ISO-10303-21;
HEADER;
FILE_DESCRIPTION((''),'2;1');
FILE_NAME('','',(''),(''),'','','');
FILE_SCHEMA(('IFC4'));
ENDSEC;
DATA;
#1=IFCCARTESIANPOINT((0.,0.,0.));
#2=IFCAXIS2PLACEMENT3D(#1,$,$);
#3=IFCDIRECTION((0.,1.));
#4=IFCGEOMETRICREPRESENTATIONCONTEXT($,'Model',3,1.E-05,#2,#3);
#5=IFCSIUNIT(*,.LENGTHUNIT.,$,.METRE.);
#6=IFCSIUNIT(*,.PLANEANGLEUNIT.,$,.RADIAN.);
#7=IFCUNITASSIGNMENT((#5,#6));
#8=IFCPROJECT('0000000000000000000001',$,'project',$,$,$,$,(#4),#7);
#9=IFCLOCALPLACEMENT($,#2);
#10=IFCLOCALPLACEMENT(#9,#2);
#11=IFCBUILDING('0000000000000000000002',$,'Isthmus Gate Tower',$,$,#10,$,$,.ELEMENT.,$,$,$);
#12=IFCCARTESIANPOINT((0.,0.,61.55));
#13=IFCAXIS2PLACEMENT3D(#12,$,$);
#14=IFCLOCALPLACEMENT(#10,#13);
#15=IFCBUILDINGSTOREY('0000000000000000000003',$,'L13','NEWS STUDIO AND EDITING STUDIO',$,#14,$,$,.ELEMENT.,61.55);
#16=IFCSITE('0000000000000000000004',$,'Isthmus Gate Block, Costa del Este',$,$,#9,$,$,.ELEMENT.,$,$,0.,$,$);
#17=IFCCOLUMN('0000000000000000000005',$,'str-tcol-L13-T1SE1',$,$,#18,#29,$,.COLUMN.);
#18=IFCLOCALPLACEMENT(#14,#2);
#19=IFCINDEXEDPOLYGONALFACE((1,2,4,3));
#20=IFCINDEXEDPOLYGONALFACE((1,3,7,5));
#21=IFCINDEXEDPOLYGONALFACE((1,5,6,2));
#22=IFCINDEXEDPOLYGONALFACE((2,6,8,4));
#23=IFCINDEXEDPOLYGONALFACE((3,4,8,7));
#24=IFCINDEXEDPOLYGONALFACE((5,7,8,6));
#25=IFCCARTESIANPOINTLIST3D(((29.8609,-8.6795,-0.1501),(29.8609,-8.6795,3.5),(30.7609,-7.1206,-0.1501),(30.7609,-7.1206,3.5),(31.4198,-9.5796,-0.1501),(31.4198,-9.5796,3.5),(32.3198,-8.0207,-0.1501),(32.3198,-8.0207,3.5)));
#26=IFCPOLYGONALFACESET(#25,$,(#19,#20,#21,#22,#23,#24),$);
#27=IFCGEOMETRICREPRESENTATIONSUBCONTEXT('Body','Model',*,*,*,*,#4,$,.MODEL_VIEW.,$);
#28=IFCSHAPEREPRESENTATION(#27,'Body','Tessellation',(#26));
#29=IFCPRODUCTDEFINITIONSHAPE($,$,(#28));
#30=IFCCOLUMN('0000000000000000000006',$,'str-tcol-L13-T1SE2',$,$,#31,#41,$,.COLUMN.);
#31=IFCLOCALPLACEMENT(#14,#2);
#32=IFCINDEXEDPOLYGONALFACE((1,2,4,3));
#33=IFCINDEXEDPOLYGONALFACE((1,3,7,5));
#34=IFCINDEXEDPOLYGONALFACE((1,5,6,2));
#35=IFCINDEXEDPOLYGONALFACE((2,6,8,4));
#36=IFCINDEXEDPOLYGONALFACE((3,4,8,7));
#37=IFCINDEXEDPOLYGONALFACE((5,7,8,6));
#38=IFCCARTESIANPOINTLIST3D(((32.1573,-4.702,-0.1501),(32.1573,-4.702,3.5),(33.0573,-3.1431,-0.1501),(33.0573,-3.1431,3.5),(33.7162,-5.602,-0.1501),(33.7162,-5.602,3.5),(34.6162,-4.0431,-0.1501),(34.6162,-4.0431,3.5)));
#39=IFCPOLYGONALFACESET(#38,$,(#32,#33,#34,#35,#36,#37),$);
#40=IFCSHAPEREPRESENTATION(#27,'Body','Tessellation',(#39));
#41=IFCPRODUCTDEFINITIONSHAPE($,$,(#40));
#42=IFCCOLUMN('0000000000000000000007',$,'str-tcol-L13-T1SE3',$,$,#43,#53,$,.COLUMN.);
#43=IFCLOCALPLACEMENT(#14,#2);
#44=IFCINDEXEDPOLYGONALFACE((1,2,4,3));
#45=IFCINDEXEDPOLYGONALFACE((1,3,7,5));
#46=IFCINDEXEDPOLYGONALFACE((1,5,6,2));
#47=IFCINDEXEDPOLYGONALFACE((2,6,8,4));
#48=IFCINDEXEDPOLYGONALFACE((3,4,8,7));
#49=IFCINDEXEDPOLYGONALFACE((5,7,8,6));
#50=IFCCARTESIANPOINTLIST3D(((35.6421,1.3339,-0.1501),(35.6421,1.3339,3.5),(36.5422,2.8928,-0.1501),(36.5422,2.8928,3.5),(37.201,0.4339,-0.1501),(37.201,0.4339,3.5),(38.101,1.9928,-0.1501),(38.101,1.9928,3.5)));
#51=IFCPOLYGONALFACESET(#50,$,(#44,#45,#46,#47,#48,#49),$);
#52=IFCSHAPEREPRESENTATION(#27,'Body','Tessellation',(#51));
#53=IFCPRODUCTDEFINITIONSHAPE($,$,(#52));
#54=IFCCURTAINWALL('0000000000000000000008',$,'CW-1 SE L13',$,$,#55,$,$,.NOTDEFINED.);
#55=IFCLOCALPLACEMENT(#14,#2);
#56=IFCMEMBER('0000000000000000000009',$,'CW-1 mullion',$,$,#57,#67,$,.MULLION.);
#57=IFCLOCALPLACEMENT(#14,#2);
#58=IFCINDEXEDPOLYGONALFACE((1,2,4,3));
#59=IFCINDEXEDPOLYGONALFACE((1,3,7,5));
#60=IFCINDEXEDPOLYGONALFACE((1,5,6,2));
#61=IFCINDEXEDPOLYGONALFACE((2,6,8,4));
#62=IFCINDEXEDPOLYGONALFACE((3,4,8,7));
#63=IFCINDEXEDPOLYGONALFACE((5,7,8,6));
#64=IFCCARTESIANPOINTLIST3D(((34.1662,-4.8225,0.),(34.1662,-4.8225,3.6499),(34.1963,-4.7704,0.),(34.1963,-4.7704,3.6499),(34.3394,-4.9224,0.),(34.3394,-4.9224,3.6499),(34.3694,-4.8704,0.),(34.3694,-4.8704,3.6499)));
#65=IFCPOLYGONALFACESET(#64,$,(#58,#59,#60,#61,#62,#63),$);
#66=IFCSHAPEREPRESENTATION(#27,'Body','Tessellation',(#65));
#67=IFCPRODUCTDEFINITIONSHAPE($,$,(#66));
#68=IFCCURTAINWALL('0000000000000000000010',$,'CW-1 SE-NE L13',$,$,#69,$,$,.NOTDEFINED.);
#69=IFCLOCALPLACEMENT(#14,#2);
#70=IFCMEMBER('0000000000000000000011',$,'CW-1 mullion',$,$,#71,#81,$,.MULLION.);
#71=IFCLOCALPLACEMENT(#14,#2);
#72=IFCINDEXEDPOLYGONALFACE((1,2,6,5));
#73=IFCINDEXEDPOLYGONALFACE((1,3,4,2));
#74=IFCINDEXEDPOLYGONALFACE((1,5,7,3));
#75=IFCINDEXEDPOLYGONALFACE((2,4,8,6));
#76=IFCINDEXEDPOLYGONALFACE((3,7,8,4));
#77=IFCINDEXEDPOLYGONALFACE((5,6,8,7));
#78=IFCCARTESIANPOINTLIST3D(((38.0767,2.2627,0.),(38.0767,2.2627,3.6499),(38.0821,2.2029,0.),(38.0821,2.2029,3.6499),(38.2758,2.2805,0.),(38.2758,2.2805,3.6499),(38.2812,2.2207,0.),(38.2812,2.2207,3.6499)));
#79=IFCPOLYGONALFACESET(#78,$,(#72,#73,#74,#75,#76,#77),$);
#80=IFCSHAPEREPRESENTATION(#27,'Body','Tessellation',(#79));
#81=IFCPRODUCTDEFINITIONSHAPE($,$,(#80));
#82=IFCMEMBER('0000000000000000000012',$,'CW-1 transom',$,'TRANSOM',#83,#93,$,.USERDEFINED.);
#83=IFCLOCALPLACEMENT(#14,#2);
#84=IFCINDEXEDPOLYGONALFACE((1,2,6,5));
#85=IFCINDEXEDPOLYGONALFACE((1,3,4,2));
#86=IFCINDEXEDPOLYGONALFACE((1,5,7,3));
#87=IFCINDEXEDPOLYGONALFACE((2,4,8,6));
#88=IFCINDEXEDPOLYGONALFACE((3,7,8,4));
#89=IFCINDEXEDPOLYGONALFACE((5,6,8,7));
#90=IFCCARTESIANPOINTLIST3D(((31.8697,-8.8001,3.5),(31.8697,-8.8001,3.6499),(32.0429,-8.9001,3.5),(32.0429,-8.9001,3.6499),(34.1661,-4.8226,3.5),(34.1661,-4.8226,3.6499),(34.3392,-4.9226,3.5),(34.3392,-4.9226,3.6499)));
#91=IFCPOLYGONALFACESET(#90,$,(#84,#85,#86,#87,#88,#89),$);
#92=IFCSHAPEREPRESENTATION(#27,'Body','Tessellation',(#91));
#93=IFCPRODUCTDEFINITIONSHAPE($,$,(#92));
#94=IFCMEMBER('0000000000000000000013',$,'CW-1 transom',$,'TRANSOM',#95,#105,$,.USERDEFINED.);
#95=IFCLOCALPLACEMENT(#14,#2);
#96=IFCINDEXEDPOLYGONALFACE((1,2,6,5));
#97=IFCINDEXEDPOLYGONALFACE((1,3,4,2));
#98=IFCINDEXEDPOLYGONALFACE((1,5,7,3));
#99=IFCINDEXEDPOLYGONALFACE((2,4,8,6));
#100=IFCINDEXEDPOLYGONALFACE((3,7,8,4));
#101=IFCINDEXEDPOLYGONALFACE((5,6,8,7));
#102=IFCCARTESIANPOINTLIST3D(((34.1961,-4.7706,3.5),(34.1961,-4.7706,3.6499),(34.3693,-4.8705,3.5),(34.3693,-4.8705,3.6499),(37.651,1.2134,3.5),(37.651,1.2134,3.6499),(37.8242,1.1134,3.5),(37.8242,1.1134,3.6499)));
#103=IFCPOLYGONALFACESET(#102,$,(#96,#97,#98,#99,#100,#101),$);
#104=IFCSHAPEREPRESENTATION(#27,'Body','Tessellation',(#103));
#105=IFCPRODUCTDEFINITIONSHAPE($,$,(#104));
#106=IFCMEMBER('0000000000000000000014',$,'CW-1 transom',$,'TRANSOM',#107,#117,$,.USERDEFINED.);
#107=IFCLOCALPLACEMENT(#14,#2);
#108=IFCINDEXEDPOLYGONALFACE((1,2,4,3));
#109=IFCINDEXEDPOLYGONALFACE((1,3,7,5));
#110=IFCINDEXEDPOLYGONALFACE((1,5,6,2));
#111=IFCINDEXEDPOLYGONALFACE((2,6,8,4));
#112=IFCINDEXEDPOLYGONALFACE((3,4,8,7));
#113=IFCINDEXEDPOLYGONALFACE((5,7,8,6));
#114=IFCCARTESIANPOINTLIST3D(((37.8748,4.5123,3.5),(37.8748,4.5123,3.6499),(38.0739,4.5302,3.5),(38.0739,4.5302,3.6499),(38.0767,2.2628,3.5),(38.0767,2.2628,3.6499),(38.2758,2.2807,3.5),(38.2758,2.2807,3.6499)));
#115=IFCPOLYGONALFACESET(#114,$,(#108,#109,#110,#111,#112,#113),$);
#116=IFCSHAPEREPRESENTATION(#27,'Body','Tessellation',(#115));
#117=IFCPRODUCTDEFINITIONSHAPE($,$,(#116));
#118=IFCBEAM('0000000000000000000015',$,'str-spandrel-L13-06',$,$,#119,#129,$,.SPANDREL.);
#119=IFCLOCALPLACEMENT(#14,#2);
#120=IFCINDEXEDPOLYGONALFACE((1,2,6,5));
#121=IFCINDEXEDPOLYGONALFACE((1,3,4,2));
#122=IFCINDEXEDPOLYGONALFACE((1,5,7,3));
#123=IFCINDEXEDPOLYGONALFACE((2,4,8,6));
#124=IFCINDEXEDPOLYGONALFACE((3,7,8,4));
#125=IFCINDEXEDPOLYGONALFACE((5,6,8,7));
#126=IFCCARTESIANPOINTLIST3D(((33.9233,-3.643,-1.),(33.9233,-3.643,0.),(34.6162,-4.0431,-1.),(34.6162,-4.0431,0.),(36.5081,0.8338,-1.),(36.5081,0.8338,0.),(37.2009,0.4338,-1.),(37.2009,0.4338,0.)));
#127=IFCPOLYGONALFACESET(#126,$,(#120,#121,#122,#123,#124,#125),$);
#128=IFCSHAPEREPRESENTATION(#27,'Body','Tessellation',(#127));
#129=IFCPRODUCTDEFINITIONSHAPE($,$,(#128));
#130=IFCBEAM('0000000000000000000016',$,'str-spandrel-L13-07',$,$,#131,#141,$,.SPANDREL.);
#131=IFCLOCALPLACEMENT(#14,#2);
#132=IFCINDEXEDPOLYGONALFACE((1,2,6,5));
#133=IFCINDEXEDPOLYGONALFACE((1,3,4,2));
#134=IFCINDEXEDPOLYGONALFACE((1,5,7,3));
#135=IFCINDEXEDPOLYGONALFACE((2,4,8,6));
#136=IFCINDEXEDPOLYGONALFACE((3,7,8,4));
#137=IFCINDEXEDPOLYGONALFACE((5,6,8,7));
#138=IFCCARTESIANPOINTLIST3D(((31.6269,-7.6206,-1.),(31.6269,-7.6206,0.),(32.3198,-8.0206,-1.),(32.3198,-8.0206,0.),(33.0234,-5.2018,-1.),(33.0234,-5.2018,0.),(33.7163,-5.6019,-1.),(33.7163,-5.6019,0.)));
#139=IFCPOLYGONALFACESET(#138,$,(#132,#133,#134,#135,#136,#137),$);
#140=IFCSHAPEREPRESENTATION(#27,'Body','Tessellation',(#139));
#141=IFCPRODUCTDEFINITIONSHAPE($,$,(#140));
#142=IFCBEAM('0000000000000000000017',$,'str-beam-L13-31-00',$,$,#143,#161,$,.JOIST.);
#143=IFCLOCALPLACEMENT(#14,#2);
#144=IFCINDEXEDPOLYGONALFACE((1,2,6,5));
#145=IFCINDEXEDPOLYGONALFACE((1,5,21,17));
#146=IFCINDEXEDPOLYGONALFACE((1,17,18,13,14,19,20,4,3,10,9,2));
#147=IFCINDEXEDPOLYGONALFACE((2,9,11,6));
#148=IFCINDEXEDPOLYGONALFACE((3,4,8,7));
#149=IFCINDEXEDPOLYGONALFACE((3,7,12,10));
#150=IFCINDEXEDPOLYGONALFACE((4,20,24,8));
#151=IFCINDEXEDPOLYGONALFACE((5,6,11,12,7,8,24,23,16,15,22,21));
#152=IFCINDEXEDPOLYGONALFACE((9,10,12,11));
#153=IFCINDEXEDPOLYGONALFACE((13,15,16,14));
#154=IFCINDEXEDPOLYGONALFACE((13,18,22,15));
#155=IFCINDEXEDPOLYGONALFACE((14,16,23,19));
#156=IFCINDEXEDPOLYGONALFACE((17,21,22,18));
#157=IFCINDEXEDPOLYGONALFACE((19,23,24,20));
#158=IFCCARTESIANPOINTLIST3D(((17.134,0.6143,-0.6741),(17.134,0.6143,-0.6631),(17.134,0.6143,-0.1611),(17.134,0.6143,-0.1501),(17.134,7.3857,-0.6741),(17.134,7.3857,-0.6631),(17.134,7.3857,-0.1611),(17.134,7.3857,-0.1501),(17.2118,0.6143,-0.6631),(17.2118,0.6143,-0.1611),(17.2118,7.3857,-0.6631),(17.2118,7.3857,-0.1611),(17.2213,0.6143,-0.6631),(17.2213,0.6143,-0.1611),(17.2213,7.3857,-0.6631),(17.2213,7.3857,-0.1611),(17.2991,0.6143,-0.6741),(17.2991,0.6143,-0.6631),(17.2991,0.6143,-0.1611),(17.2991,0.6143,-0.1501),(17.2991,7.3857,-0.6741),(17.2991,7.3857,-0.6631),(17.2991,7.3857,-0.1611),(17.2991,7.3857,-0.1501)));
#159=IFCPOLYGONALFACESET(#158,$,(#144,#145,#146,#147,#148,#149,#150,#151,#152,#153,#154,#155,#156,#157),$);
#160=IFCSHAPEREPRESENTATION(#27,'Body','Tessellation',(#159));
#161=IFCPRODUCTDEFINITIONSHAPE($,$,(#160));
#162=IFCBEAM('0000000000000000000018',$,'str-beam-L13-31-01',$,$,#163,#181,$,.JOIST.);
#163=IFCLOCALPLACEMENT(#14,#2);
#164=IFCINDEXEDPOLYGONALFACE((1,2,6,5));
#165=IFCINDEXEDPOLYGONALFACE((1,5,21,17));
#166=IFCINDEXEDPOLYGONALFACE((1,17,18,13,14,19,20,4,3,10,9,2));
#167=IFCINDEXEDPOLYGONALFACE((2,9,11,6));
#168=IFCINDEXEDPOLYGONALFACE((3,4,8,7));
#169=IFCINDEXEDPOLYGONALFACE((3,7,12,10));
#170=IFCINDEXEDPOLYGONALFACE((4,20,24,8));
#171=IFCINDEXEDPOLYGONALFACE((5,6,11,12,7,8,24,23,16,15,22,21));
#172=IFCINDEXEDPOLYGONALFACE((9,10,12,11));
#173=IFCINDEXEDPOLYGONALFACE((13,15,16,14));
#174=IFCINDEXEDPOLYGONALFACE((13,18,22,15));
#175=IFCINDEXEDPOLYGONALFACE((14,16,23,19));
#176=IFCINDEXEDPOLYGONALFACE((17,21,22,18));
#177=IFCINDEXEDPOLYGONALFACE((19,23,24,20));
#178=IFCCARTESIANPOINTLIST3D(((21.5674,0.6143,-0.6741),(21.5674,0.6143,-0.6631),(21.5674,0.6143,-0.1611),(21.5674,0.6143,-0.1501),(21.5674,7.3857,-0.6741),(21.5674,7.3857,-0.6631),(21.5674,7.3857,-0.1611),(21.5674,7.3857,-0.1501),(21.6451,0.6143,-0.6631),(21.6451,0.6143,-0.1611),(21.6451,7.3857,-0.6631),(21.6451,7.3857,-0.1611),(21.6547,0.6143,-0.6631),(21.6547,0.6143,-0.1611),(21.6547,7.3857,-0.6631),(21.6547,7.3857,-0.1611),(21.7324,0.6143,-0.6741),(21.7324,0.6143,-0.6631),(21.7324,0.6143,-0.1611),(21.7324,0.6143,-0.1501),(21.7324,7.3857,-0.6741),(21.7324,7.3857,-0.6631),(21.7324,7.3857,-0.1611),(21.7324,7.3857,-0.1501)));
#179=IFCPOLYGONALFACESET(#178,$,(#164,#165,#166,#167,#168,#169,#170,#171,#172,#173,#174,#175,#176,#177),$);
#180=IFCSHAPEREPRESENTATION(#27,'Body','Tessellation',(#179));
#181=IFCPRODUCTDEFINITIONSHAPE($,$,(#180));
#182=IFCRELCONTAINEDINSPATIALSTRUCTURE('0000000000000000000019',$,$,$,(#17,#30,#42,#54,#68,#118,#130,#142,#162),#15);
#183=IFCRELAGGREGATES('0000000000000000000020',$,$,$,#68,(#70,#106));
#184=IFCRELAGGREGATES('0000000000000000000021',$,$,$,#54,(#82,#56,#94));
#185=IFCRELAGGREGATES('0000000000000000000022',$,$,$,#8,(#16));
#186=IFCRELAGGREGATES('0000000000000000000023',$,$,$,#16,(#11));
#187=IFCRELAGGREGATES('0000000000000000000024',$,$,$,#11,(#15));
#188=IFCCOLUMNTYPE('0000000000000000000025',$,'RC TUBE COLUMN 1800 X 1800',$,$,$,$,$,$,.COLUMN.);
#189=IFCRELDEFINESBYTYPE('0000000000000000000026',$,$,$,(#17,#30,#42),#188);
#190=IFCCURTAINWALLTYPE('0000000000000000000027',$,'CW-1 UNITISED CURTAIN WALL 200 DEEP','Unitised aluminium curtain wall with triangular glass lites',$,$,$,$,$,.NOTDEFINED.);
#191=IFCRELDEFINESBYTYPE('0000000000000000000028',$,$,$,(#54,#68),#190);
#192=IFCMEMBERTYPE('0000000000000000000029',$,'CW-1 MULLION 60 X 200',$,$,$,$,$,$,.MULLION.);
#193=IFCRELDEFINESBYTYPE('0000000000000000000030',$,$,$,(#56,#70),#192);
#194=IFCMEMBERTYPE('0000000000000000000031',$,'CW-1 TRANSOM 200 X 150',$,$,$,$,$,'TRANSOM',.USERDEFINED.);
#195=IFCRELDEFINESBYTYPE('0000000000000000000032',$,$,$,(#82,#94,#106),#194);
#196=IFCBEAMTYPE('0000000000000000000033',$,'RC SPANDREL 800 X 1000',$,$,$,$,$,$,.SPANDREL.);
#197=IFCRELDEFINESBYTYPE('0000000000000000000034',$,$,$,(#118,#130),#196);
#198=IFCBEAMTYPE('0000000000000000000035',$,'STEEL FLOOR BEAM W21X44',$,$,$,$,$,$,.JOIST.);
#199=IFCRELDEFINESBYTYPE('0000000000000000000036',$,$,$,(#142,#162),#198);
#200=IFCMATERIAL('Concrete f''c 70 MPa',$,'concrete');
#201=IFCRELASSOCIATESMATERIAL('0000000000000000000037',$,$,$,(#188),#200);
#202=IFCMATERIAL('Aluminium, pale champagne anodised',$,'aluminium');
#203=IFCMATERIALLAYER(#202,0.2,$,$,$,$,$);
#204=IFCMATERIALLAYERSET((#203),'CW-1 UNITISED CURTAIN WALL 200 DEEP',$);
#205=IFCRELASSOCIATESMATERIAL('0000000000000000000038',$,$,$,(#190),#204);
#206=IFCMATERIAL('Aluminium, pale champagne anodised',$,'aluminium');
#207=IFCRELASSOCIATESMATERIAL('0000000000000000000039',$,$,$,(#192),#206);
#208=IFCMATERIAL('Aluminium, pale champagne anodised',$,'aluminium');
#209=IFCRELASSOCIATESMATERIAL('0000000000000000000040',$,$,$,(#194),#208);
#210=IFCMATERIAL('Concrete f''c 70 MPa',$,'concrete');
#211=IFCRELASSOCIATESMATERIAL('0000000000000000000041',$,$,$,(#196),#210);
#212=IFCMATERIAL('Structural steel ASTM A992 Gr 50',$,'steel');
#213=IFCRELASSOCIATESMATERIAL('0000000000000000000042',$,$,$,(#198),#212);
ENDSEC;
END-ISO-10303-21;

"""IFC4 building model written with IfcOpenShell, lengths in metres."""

from ifc_helpers import new_model, si_unit, direction, frame, origin, origin_2d, place, context, subcontext, project, spatial, rectangle, i_section, extrude, material, layer, layer_set, material_profile, profile_set, type_object, element, aggregate, save


model = new_model("IFC4")

# Units and contexts
model_context = context("Model", 3, precision=1e-05, world=origin(), true_north=direction((0.0, 1.0)))
body_context = subcontext(model_context, "Body", "Model", "MODEL_VIEW")
ifc_project = project(units=[si_unit("LENGTHUNIT", "METRE"), si_unit("PLANEANGLEUNIT", "RADIAN")], contexts=[model_context])

# Site, building, storey
site_placement = place(None, origin())
site = spatial("IfcSite", under=ifc_project, at=site_placement, Name="Isthmus Gate Block, Costa del Este", CompositionType="ELEMENT", RefElevation=0.0)
building_placement = place(site_placement, origin())
building = spatial("IfcBuilding", under=site, at=building_placement, Name="Isthmus Gate Tower", CompositionType="ELEMENT")
storey_placement = place(building_placement, frame((0.0, 0.0, 61.55)))
storey = spatial("IfcBuildingStorey", under=building, at=storey_placement, Name="L13", Description="NEWS STUDIO AND EDITING STUDIO", CompositionType="ELEMENT", Elevation=61.55)

# Columns
ifc_material_1 = material(Name="Concrete f'c 70 MPa", Category="concrete")
ifc_material_profile_1 = material_profile(ifc_material_1, rectangle(XDim=1.8, YDim=1.8, at=origin_2d()), Name="RC 1800X1800")
ifc_profile_set_1 = profile_set([ifc_material_profile_1], Name="Concrete f'c 70 MPa")
column_type = type_object("IfcColumnType", Name="RC TUBE COLUMN 1800 X 1800", PredefinedType="COLUMN", material=ifc_profile_set_1)
for number, where, z_axis, x_axis, name in (
    (1, (31.0903, -8.3501, -0.1501), (0.0, 0.0, 1.0), (0.5, 0.866025, 0.0), "str-tcol-L13-T1SE1"),
    (2, (33.3867, -4.3726, -0.1501), (0.0, 0.0, 1.0), (0.5, 0.866025, 0.0), "str-tcol-L13-T1SE2"),
    (3, (36.8716, 1.6633, -0.1501), (0.0, 0.0, 1.0), (0.5, 0.866025, 0.0), "str-tcol-L13-T1SE3"),
):
    element("IfcColumn", number, at=place(storey_placement, frame(where, z_axis=z_axis, x_axis=x_axis)), inside=storey, type_object=column_type, Name=name, PredefinedType="COLUMN", context=body_context, shape_type="SweptSolid", body=[
        extrude(rectangle(XDim=1.8, YDim=1.8, at=origin_2d()), origin(), (0.0, 0.0, 1.0), 3.6501),
    ])

# Curtain walls, members
ifc_material_2 = material(Name="Aluminium, pale champagne anodised", Category="aluminium")
ifc_layer_1 = layer(ifc_material_2, 0.2)
ifc_layer_set_1 = layer_set([ifc_layer_1], Name="CW-1 UNITISED CURTAIN WALL 200 DEEP")
curtain_wall_type = type_object("IfcCurtainWallType", Name="CW-1 UNITISED CURTAIN WALL 200 DEEP", Description="Unitised aluminium curtain wall with triangular glass lites", PredefinedType="NOTDEFINED", material=ifc_layer_set_1)
curtain_wall_1_placement = place(storey_placement, origin())
curtain_wall_1 = element("IfcCurtainWall", 4, at=curtain_wall_1_placement, inside=storey, type_object=curtain_wall_type, Name="CW-1 SE L13", PredefinedType="NOTDEFINED")
ifc_material_3 = material(Name="Aluminium, pale champagne anodised", Category="aluminium")
ifc_material_profile_2 = material_profile(ifc_material_3, rectangle(XDim=0.0601, YDim=0.2, at=origin_2d()), Name="60x200")
ifc_profile_set_2 = profile_set([ifc_material_profile_2], Name="Aluminium, pale champagne anodised")
member_type_1 = type_object("IfcMemberType", Name="CW-1 MULLION 60 X 200", PredefinedType="MULLION", material=ifc_profile_set_2)
member_1_placement = place(storey_placement, frame((34.2678, -4.8464, 0.0), z_axis=(0.0, 0.0, 1.0), x_axis=(0.5, 0.866025, 0.0)))
member_1 = element("IfcMember", 5, at=member_1_placement, type_object=member_type_1, Name="CW-1 mullion", PredefinedType="MULLION", context=body_context, shape_type="SweptSolid", body=[
    extrude(rectangle(XDim=0.0601, YDim=0.2, at=origin_2d()), origin(), (0.0, 0.0, 1.0), 3.6499),
])
curtain_wall_2_placement = place(storey_placement, origin())
curtain_wall_2 = element("IfcCurtainWall", 6, at=curtain_wall_2_placement, inside=storey, type_object=curtain_wall_type, Name="CW-1 SE-NE L13", PredefinedType="NOTDEFINED")
member_2_placement = place(storey_placement, frame((38.179, 2.2417, 0.0), z_axis=(0.0, 0.0, 1.0), x_axis=(-0.089397, 0.995996, 0.0)))
member_2 = element("IfcMember", 7, at=member_2_placement, type_object=member_type_1, Name="CW-1 mullion", PredefinedType="MULLION", context=body_context, shape_type="SweptSolid", body=[
    extrude(rectangle(XDim=0.0601, YDim=0.2, at=origin_2d()), origin(), (0.0, 0.0, 1.0), 3.6499),
])

# Members
ifc_material_4 = material(Name="Aluminium, pale champagne anodised", Category="aluminium")
ifc_material_profile_3 = material_profile(ifc_material_4, rectangle(XDim=0.2, YDim=0.1499, at=origin_2d()), Name="200x150")
ifc_profile_set_3 = profile_set([ifc_material_profile_3], Name="Aluminium, pale champagne anodised")
member_type_2 = type_object("IfcMemberType", Name="CW-1 TRANSOM 200 X 150", ElementType="TRANSOM", PredefinedType="USERDEFINED", material=ifc_profile_set_3)
member_3_placement = place(storey_placement, frame((31.9563, -8.8501, 3.575), z_axis=(0.499992, 0.86603, 0.0), x_axis=(-0.86603, 0.499992, 0.0)))
member_3 = element("IfcMember", 8, at=member_3_placement, type_object=member_type_2, Name="CW-1 transom", ObjectType="TRANSOM", PredefinedType="USERDEFINED", context=body_context, shape_type="SweptSolid", body=[
    extrude(rectangle(XDim=0.2, YDim=0.1499, at=origin_2d()), origin(), (0.0, 0.0, 1.0), 4.5928),
])
member_4_placement = place(storey_placement, frame((34.2827, -4.8206, 3.575), z_axis=(0.500004, 0.866023, 0.0), x_axis=(-0.866023, 0.500004, 0.0)))
member_4 = element("IfcMember", 9, at=member_4_placement, type_object=member_type_2, Name="CW-1 transom", ObjectType="TRANSOM", PredefinedType="USERDEFINED", context=body_context, shape_type="SweptSolid", body=[
    extrude(rectangle(XDim=0.2, YDim=0.1499, at=origin_2d()), origin(), (0.0, 0.0, 1.0), 6.9097),
])
member_5_placement = place(storey_placement, frame((38.1763, 2.2717, 3.575), z_axis=(-0.089395, 0.995996, 0.0), x_axis=(-0.995996, -0.089395, 0.0)))
member_5 = element("IfcMember", 10, at=member_5_placement, type_object=member_type_2, Name="CW-1 transom", ObjectType="TRANSOM", PredefinedType="USERDEFINED", context=body_context, shape_type="SweptSolid", body=[
    extrude(rectangle(XDim=0.2, YDim=0.1499, at=origin_2d()), origin(), (0.0, 0.0, 1.0), 2.2585),
])
aggregate(curtain_wall_2, [member_2, member_5])

# Beams
ifc_material_5 = material(Name="Concrete f'c 70 MPa", Category="concrete")
ifc_material_profile_4 = material_profile(ifc_material_5, rectangle(XDim=0.8, YDim=1.0, at=origin_2d()), Name="RC 800X1000")
ifc_profile_set_4 = profile_set([ifc_material_profile_4], Name="Concrete f'c 70 MPa")
beam_type_1 = type_object("IfcBeamType", Name="RC SPANDREL 800 X 1000", PredefinedType="SPANDREL", material=ifc_profile_set_4)
beam_1_placement = place(storey_placement, frame((36.8545, 0.6338, -0.5), z_axis=(-0.500005, -0.866023, 0.0), x_axis=(0.866023, -0.500005, 0.0)))
element("IfcBeam", 11, at=beam_1_placement, inside=storey, type_object=beam_type_1, Name="str-spandrel-L13-06", PredefinedType="SPANDREL", context=body_context, shape_type="SweptSolid", body=[
    extrude(rectangle(XDim=0.8, YDim=1.0, at=origin_2d()), origin(), (0.0, 0.0, 1.0), 5.1694),
])
beam_2_placement = place(storey_placement, frame((33.3699, -5.4019, -0.5), z_axis=(-0.500013, -0.866018, 0.0), x_axis=(0.866018, -0.500013, 0.0)))
element("IfcBeam", 12, at=beam_2_placement, inside=storey, type_object=beam_type_1, Name="str-spandrel-L13-07", PredefinedType="SPANDREL", context=body_context, shape_type="SweptSolid", body=[
    extrude(rectangle(XDim=0.8, YDim=1.0, at=origin_2d()), origin(), (0.0, 0.0, 1.0), 2.793),
])
ifc_material_6 = material(Name="Structural steel ASTM A992 Gr 50", Category="steel")
ifc_material_profile_5 = material_profile(ifc_material_6, i_section(OverallWidth=0.165, OverallDepth=0.5239, WebThickness=0.0095, FlangeThickness=0.011, at=origin_2d()), Name="W21X44")
ifc_profile_set_5 = profile_set([ifc_material_profile_5], Name="Structural steel ASTM A992 Gr 50")
beam_type_2 = type_object("IfcBeamType", Name="STEEL FLOOR BEAM W21X44", PredefinedType="JOIST", material=ifc_profile_set_5)
for number, where, z_axis, x_axis, name in (
    (13, (17.2166, 0.6143, -0.4121), (0.0, 1.0, 0.0), (-1.0, 0.0, 0.0), "str-beam-L13-31-00"),
    (14, (21.6499, 0.6143, -0.4121), (0.0, 1.0, 0.0), (-1.0, 0.0, 0.0), "str-beam-L13-31-01"),
):
    element("IfcBeam", number, at=place(storey_placement, frame(where, z_axis=z_axis, x_axis=x_axis)), inside=storey, type_object=beam_type_2, Name=name, PredefinedType="JOIST", context=body_context, shape_type="SweptSolid", body=[
        extrude(i_section(OverallWidth=0.165, OverallDepth=0.5239, WebThickness=0.0095, FlangeThickness=0.011, at=origin_2d()), origin(), (0.0, 0.0, 1.0), 6.7715),
    ])

aggregate(curtain_wall_1, [member_3, member_1, member_4])

save(model, "model.ifc")
